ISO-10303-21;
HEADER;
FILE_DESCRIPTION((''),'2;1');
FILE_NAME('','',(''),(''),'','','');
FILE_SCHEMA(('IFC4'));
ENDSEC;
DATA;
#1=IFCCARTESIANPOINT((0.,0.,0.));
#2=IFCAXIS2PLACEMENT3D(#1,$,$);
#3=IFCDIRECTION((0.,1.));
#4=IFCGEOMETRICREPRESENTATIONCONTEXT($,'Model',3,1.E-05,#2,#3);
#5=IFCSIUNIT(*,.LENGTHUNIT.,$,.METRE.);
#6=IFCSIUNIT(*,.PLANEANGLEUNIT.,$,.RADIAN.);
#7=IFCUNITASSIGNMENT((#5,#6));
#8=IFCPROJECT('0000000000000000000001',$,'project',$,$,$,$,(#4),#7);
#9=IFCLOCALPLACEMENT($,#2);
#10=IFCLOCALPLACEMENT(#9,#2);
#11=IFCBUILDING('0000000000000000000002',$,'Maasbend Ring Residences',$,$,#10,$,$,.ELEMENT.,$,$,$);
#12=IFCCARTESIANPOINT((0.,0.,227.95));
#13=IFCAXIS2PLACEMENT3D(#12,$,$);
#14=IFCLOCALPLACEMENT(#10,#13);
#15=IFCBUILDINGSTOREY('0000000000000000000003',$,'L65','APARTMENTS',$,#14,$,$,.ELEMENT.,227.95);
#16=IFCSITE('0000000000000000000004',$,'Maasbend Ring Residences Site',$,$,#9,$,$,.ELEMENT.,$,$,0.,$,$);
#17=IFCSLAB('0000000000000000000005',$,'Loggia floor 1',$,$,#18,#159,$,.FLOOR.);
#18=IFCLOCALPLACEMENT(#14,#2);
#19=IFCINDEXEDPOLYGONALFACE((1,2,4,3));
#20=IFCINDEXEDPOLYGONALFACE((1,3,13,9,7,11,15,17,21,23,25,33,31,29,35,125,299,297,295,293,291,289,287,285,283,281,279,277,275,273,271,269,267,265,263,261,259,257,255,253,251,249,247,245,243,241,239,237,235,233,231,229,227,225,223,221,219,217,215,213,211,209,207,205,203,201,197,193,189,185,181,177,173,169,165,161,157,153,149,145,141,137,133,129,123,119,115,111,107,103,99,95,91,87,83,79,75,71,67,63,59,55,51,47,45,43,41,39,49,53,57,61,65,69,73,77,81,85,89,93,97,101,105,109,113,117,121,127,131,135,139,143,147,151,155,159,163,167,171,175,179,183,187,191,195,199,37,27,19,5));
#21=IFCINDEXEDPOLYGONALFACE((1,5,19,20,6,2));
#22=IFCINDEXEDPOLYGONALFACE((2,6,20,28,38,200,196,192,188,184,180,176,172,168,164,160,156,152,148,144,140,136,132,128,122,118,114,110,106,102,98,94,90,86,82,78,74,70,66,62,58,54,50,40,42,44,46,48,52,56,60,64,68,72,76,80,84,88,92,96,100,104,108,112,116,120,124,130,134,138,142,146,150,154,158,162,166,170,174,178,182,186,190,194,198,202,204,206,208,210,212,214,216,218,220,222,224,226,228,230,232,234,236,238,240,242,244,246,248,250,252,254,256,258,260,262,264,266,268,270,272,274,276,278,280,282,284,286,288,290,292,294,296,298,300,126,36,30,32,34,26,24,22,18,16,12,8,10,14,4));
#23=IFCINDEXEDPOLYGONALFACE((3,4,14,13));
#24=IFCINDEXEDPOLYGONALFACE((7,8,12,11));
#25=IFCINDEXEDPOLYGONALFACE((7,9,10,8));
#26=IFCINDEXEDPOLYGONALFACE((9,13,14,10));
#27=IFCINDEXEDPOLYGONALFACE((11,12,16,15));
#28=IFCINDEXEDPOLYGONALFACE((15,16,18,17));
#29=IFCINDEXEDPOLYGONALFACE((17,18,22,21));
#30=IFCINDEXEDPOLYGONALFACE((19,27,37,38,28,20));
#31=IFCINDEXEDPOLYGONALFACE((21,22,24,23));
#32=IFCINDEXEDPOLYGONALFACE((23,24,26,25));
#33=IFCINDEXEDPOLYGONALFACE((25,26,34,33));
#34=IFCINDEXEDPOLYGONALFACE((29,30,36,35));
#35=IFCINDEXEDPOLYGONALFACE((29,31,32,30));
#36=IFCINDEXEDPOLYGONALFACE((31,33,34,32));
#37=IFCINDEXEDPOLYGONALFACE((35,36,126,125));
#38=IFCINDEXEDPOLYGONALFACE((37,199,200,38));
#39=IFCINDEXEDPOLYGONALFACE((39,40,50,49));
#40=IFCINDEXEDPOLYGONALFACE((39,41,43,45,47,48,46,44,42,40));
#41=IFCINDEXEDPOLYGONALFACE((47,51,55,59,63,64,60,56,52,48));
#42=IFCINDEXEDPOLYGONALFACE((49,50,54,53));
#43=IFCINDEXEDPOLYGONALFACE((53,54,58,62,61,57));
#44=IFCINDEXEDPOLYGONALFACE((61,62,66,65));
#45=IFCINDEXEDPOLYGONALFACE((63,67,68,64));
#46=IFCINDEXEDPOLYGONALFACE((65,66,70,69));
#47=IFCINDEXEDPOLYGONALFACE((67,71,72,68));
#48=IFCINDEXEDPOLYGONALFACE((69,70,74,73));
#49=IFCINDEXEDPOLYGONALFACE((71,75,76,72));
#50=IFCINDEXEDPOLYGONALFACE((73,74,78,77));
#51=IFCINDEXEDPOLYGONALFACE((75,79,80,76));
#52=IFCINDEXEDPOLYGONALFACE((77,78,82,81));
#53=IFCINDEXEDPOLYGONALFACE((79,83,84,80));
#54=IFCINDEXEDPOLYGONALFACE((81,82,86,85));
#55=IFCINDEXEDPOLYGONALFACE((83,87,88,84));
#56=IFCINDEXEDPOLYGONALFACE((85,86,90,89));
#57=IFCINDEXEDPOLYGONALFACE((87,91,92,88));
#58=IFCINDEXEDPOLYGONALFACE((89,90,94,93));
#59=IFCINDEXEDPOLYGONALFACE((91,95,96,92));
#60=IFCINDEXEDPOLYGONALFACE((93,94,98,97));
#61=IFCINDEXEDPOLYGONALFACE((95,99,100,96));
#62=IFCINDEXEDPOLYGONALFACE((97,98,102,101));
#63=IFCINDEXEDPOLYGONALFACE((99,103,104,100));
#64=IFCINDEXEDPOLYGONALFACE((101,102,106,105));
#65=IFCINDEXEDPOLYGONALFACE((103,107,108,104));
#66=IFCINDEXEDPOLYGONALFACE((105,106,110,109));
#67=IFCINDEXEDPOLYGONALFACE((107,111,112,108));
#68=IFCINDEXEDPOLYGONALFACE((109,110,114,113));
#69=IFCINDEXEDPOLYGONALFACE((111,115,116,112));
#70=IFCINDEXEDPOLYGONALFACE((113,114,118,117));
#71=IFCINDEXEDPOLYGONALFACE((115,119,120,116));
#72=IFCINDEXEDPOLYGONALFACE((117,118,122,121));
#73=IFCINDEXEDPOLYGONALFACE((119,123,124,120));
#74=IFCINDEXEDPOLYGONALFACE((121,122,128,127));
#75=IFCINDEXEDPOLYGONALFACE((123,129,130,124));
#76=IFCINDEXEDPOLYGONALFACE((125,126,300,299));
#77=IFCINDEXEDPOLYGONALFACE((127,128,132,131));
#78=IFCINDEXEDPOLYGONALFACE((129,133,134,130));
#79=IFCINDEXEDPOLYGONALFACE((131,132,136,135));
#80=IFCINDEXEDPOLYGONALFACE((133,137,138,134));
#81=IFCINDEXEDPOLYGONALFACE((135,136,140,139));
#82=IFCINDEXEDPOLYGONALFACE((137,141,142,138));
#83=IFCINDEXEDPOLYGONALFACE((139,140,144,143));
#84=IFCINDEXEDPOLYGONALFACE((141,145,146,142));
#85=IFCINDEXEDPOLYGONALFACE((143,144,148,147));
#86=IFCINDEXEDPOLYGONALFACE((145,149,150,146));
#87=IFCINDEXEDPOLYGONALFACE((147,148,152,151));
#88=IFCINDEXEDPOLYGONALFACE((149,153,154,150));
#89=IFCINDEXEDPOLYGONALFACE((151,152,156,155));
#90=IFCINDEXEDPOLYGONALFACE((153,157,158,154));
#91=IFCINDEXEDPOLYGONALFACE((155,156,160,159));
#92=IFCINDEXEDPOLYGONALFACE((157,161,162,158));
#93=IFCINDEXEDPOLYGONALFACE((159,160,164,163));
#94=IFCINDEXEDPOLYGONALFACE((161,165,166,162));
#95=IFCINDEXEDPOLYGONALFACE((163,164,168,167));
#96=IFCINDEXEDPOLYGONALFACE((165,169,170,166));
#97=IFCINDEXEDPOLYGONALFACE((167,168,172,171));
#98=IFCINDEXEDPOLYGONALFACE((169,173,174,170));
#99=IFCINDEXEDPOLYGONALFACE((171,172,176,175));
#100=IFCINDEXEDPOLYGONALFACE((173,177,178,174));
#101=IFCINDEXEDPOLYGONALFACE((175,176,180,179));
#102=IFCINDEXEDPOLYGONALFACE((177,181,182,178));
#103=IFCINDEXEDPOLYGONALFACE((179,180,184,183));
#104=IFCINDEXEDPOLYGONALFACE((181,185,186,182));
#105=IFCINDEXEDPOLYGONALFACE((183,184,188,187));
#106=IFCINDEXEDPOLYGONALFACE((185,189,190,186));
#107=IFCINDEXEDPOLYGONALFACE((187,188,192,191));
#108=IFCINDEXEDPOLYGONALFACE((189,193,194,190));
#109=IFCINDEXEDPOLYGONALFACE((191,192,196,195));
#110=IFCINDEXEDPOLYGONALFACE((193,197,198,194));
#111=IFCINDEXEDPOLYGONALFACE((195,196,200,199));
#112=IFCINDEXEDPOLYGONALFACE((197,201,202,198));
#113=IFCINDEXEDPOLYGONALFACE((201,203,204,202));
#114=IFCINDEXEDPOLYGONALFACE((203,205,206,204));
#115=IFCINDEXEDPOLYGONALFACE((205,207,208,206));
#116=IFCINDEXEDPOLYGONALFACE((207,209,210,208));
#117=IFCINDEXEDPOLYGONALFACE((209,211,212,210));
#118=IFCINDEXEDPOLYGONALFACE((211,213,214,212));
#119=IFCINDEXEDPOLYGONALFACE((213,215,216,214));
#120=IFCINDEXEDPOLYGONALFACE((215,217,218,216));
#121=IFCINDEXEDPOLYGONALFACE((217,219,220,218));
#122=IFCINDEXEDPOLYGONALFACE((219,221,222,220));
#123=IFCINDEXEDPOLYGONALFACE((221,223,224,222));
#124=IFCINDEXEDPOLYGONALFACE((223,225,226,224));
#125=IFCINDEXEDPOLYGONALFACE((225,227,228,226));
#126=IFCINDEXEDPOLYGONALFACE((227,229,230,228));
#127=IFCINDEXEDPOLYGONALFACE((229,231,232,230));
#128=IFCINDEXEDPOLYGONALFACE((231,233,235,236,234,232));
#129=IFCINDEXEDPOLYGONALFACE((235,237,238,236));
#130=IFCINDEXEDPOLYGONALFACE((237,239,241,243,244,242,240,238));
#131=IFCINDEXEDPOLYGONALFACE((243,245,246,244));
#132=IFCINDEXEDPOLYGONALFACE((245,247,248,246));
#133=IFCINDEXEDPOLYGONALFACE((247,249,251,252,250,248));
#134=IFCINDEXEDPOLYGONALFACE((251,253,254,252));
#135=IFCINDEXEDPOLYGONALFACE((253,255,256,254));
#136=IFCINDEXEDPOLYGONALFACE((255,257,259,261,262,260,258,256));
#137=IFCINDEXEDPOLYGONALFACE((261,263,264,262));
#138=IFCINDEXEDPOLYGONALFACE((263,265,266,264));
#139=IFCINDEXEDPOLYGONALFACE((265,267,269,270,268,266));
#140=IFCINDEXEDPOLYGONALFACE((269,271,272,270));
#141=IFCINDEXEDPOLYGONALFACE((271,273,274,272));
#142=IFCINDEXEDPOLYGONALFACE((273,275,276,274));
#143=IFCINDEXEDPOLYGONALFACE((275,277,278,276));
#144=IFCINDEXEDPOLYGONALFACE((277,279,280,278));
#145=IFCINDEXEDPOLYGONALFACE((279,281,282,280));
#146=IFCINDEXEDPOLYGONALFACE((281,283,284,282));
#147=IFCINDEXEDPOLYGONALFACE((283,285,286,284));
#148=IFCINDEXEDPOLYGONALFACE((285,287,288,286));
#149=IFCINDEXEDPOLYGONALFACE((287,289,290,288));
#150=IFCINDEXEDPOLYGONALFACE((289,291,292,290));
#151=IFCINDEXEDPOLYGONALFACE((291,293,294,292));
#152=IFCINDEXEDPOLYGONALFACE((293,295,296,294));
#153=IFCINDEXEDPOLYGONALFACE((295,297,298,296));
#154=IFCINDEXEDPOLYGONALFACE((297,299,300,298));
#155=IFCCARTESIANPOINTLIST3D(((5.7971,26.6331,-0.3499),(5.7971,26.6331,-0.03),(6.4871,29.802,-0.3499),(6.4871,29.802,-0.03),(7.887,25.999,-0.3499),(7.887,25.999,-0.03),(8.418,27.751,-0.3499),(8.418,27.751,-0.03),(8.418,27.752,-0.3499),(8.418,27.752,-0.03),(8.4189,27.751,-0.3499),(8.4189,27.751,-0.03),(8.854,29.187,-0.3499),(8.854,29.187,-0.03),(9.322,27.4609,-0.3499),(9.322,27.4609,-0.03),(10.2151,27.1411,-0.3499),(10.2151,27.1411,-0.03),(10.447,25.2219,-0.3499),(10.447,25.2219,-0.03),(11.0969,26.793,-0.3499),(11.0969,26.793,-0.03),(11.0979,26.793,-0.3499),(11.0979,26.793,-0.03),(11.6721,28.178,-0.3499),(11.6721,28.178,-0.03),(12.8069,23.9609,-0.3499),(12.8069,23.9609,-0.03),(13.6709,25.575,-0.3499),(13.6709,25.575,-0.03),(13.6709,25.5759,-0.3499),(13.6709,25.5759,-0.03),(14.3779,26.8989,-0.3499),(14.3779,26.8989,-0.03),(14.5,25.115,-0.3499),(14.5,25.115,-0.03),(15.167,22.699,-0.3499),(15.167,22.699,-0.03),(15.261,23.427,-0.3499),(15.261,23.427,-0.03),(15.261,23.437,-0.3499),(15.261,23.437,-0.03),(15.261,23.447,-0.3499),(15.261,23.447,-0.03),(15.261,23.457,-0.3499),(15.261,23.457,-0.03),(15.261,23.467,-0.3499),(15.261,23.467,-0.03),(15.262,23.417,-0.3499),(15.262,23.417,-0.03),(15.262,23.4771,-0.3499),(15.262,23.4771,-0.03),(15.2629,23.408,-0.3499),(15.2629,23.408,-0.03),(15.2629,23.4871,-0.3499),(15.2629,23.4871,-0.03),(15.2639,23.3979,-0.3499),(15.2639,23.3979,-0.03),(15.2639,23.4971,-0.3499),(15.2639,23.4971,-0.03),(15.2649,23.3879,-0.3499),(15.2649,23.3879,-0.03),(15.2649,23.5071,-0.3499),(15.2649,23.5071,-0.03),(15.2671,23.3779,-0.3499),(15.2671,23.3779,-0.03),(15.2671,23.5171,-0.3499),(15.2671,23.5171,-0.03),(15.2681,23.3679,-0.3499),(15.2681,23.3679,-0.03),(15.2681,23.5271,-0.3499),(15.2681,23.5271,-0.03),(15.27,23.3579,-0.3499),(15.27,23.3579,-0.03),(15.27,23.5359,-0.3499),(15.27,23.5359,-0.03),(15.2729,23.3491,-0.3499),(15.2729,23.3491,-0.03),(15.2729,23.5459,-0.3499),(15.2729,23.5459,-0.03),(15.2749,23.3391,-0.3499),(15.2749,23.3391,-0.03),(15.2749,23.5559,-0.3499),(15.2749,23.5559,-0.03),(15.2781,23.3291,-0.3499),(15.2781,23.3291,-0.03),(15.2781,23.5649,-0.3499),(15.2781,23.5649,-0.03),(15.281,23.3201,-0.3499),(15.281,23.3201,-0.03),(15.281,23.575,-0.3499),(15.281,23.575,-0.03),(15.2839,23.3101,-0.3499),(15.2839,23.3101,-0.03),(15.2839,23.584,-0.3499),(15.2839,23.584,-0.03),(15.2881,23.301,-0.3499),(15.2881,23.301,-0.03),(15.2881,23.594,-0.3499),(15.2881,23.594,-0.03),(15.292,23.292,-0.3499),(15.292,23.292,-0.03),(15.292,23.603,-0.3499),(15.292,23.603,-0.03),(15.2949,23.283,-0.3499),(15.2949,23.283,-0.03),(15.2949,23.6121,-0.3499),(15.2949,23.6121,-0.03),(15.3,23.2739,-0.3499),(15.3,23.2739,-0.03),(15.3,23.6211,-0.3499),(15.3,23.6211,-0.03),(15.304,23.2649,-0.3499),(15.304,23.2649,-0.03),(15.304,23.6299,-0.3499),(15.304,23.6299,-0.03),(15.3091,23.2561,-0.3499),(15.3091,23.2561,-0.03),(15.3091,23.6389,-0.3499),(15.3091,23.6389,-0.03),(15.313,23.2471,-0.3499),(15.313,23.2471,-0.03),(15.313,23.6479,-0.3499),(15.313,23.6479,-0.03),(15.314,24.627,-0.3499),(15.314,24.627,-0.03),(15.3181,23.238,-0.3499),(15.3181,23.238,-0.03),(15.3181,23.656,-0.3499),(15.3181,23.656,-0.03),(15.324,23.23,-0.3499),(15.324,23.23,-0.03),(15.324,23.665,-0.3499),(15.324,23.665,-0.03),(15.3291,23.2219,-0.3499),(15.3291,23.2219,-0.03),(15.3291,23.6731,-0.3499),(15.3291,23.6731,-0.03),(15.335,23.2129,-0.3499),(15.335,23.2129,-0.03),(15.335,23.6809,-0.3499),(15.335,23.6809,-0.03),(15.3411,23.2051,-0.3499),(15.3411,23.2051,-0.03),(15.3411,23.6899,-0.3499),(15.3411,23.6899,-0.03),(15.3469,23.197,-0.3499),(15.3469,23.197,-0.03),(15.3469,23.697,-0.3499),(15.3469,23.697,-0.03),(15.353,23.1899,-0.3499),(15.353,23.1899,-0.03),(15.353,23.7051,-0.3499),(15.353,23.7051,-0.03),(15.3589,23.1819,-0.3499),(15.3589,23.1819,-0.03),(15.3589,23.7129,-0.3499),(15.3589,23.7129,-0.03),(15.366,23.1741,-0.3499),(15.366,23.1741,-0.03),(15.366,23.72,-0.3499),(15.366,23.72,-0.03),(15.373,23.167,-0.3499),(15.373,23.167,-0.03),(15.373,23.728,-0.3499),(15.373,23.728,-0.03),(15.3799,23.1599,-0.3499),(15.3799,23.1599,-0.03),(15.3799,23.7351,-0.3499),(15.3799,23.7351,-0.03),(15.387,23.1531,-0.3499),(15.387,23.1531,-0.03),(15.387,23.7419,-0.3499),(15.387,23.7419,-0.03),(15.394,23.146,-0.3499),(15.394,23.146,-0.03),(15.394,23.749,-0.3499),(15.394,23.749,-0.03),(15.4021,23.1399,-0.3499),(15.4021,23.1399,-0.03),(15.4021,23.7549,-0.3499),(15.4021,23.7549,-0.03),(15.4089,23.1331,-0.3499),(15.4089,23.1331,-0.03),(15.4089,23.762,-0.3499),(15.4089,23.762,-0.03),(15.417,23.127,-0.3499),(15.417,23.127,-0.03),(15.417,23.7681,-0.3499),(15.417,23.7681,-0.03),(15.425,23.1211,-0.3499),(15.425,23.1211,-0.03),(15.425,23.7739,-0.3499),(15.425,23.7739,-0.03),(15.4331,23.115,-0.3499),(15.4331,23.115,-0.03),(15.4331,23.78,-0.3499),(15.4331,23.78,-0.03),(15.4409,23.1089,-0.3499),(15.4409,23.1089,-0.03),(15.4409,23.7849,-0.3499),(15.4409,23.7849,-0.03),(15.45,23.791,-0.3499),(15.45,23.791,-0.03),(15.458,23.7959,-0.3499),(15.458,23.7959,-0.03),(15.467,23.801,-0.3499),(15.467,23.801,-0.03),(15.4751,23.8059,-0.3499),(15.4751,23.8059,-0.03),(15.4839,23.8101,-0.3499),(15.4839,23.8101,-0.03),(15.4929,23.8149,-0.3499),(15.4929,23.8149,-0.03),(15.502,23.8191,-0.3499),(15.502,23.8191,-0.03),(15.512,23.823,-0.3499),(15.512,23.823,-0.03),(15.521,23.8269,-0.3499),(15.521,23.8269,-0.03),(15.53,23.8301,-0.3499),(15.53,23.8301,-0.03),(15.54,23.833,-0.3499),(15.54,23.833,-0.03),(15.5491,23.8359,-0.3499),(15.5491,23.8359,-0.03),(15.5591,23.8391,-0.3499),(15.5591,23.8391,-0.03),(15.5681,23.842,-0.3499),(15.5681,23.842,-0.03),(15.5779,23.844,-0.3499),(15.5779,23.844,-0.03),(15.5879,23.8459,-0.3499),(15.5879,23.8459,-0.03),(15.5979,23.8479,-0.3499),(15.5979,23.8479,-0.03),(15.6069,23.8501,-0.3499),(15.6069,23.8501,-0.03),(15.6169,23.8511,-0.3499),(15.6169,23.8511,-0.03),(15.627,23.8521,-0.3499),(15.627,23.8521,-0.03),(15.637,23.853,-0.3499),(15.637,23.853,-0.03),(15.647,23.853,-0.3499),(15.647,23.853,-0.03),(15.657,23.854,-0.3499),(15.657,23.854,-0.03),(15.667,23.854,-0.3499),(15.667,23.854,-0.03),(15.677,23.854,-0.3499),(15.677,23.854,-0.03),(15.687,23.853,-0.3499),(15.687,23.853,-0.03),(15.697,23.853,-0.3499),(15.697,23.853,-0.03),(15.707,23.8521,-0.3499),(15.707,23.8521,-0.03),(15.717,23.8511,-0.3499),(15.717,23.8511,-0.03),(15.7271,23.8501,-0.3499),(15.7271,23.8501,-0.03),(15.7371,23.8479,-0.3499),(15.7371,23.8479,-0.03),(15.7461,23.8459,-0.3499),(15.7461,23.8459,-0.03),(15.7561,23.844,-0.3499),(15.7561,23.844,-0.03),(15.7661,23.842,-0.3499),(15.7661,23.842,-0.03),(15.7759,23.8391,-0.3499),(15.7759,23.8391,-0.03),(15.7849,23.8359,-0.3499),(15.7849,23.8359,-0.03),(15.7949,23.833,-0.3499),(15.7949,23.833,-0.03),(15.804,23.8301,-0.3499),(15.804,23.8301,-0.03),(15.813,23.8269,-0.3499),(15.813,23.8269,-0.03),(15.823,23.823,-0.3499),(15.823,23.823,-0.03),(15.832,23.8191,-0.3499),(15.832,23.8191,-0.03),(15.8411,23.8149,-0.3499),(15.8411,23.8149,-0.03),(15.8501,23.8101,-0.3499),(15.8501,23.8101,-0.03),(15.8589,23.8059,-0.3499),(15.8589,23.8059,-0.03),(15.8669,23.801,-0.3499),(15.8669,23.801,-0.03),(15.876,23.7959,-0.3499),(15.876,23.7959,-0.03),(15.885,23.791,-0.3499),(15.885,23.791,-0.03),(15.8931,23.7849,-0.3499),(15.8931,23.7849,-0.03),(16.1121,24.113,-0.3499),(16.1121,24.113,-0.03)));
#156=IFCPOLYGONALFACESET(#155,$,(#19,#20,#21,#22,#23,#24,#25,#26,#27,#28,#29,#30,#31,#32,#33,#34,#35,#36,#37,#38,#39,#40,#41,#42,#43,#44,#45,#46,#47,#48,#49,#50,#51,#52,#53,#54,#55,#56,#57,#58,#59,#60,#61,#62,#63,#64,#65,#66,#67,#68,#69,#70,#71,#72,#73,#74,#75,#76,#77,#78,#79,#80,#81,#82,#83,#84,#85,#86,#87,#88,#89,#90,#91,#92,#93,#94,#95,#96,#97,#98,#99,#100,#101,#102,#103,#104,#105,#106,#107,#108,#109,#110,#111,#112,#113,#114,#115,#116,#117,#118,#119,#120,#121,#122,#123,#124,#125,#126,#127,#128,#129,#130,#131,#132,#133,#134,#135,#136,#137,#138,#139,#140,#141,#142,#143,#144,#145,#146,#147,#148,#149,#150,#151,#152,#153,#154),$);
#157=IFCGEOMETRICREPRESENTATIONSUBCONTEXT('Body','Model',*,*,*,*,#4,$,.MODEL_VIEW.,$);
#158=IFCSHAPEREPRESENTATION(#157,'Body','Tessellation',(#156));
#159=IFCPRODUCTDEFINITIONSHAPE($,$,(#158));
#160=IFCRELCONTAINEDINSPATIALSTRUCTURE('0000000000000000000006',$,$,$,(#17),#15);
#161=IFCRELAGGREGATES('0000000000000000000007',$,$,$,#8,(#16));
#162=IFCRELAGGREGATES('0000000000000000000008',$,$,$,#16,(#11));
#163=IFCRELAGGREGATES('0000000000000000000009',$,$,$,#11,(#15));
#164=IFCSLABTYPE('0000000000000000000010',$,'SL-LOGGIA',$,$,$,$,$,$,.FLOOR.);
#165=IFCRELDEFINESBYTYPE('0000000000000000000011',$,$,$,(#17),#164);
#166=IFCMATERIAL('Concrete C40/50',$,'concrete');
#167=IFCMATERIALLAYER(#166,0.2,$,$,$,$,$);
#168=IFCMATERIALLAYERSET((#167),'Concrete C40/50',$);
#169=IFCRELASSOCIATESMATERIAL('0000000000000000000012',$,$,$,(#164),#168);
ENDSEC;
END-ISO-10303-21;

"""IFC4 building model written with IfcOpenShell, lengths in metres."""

from ifc_helpers import new_model, si_unit, direction, frame, origin, place, context, subcontext, project, spatial, polyline, outline, extrude, material, layer, layer_set, type_object, element, save


model = new_model("IFC4")

# Units and contexts
model_context = context("Model", 3, precision=1e-05, world=origin(), true_north=direction((0.0, 1.0)))
body_context = subcontext(model_context, "Body", "Model", "MODEL_VIEW")
ifc_project = project(units=[si_unit("LENGTHUNIT", "METRE"), si_unit("PLANEANGLEUNIT", "RADIAN")], contexts=[model_context])

# Site, building, storey
site_placement = place(None, origin())
site = spatial("IfcSite", under=ifc_project, at=site_placement, Name="Maasbend Ring Residences Site", CompositionType="ELEMENT", RefElevation=0.0)
building_placement = place(site_placement, origin())
building = spatial("IfcBuilding", under=site, at=building_placement, Name="Maasbend Ring Residences", CompositionType="ELEMENT")
storey_placement = place(building_placement, frame((0.0, 0.0, 227.95)))
storey = spatial("IfcBuildingStorey", under=building, at=storey_placement, Name="L65", Description="APARTMENTS", CompositionType="ELEMENT", Elevation=227.95)

# Slab
ifc_material_1 = material(Name="Concrete C40/50", Category="concrete")
ifc_layer_1 = layer(ifc_material_1, 0.2)
ifc_layer_set_1 = layer_set([ifc_layer_1], Name="Concrete C40/50")
slab_type_1 = type_object("IfcSlabType", Name="SL-LOGGIA", PredefinedType="FLOOR", material=ifc_layer_set_1)
slab_1_placement = place(storey_placement, frame((0.0, 0.0, -0.3499)))
element("IfcSlab", 1, at=slab_1_placement, inside=storey, type_object=slab_type_1, Name="Loggia floor 1", PredefinedType="FLOOR", context=body_context, shape_type="SweptSolid", body=[
    extrude(outline(polyline([(8.854, 29.187), (8.854, 29.187), (8.854, 29.187), (8.418, 27.752), (8.418, 27.752), (8.418, 27.752), (8.418, 27.752), (8.418, 27.752), (8.418, 27.752), (8.418, 27.751), (8.418, 27.751), (8.418, 27.751), (8.418, 27.751), (8.418, 27.751), (8.4189, 27.751), (8.4189, 27.751), (8.4189, 27.751), (8.4189, 27.751), (8.4189, 27.751), (8.4189, 27.751), (9.322, 27.4609), (9.322, 27.4609), (10.2151, 27.1411), (10.2151, 27.1411), (11.0969, 26.793), (11.0969, 26.793), (11.0969, 26.793), (11.0979, 26.793), (11.0979, 26.793), (11.0979, 26.793), (11.0979, 26.793), (11.0979, 26.793), (11.0979, 26.793), (11.0979, 26.793), (11.0979, 26.793), (11.0979, 26.793), (11.0979, 26.793), (11.0979, 26.793), (11.0979, 26.793), (11.0979, 26.793), (11.0979, 26.793), (11.6721, 28.178), (11.6721, 28.178), (11.6721, 28.178), (14.3779, 26.8989), (14.3779, 26.8989), (14.3779, 26.8989), (13.6709, 25.5759), (13.6709, 25.5759), (13.6709, 25.5759), (13.6709, 25.5759), (13.6709, 25.5759), (13.6709, 25.5759), (13.6709, 25.5759), (13.6709, 25.5759), (13.6709, 25.5759), (13.6709, 25.5759), (13.6709, 25.5759), (13.6709, 25.5759), (13.6709, 25.5759), (13.6709, 25.5759), (13.6709, 25.5759), (13.6709, 25.5759), (13.6709, 25.575), (14.5, 25.115), (14.5, 25.115), (15.314, 24.627), (15.314, 24.627), (16.1121, 24.113), (16.1121, 24.113), (16.1121, 24.113), (15.8931, 23.7849), (15.885, 23.791), (15.876, 23.7959), (15.8669, 23.801), (15.8589, 23.8059), (15.8501, 23.8101), (15.8411, 23.8149), (15.832, 23.8191), (15.823, 23.823), (15.813, 23.8269), (15.804, 23.8301), (15.7949, 23.833), (15.7849, 23.8359), (15.7759, 23.8391), (15.7661, 23.842), (15.7561, 23.844), (15.7461, 23.8459), (15.7371, 23.8479), (15.7271, 23.8501), (15.717, 23.8511), (15.707, 23.8521), (15.697, 23.853), (15.687, 23.853), (15.677, 23.854), (15.667, 23.854), (15.657, 23.854), (15.647, 23.853), (15.637, 23.853), (15.627, 23.8521), (15.6169, 23.8511), (15.6069, 23.8501), (15.5979, 23.8479), (15.5879, 23.8459), (15.5779, 23.844), (15.5681, 23.842), (15.5591, 23.8391), (15.5491, 23.8359), (15.54, 23.833), (15.53, 23.8301), (15.521, 23.8269), (15.512, 23.823), (15.502, 23.8191), (15.4929, 23.8149), (15.4839, 23.8101), (15.4751, 23.8059), (15.467, 23.801), (15.458, 23.7959), (15.45, 23.791), (15.4409, 23.7849), (15.4331, 23.78), (15.425, 23.7739), (15.417, 23.7681), (15.4089, 23.762), (15.4021, 23.7549), (15.394, 23.749), (15.387, 23.7419), (15.3799, 23.7351), (15.373, 23.728), (15.366, 23.72), (15.3589, 23.7129), (15.353, 23.7051), (15.3469, 23.697), (15.3411, 23.6899), (15.335, 23.6809), (15.3291, 23.6731), (15.324, 23.665), (15.3181, 23.656), (15.313, 23.6479), (15.3091, 23.6389), (15.304, 23.6299), (15.3, 23.6211), (15.2949, 23.6121), (15.292, 23.603), (15.2881, 23.594), (15.2839, 23.584), (15.281, 23.575), (15.2781, 23.5649), (15.2749, 23.5559), (15.2729, 23.5459), (15.27, 23.5359), (15.2681, 23.5271), (15.2671, 23.5171), (15.2649, 23.5071), (15.2639, 23.4971), (15.2629, 23.4871), (15.262, 23.4771), (15.261, 23.467), (15.261, 23.457), (15.261, 23.447), (15.261, 23.437), (15.261, 23.427), (15.262, 23.417), (15.2629, 23.408), (15.2639, 23.3979), (15.2649, 23.3879), (15.2671, 23.3779), (15.2681, 23.3679), (15.27, 23.3579), (15.2729, 23.3491), (15.2749, 23.3391), (15.2781, 23.3291), (15.281, 23.3201), (15.2839, 23.3101), (15.2881, 23.301), (15.292, 23.292), (15.2949, 23.283), (15.3, 23.2739), (15.304, 23.2649), (15.3091, 23.2561), (15.313, 23.2471), (15.3181, 23.238), (15.324, 23.23), (15.3291, 23.2219), (15.335, 23.2129), (15.3411, 23.2051), (15.3469, 23.197), (15.353, 23.1899), (15.3589, 23.1819), (15.366, 23.1741), (15.373, 23.167), (15.3799, 23.1599), (15.387, 23.1531), (15.394, 23.146), (15.4021, 23.1399), (15.4089, 23.1331), (15.417, 23.127), (15.425, 23.1211), (15.4331, 23.115), (15.4409, 23.1089), (15.167, 22.699), (15.167, 22.699), (15.167, 22.699), (12.8069, 23.9609), (10.447, 25.2219), (10.447, 25.2219), (10.447, 25.2219), (7.887, 25.999), (5.7971, 26.6331), (5.7971, 26.6331), (5.7971, 26.6331), (6.4871, 29.802), (6.4871, 29.802), (6.4871, 29.802), (8.854, 29.187)])), origin(), (0.0, 0.0, 1.0), 0.3198),
])

save(model, "model.ifc")
